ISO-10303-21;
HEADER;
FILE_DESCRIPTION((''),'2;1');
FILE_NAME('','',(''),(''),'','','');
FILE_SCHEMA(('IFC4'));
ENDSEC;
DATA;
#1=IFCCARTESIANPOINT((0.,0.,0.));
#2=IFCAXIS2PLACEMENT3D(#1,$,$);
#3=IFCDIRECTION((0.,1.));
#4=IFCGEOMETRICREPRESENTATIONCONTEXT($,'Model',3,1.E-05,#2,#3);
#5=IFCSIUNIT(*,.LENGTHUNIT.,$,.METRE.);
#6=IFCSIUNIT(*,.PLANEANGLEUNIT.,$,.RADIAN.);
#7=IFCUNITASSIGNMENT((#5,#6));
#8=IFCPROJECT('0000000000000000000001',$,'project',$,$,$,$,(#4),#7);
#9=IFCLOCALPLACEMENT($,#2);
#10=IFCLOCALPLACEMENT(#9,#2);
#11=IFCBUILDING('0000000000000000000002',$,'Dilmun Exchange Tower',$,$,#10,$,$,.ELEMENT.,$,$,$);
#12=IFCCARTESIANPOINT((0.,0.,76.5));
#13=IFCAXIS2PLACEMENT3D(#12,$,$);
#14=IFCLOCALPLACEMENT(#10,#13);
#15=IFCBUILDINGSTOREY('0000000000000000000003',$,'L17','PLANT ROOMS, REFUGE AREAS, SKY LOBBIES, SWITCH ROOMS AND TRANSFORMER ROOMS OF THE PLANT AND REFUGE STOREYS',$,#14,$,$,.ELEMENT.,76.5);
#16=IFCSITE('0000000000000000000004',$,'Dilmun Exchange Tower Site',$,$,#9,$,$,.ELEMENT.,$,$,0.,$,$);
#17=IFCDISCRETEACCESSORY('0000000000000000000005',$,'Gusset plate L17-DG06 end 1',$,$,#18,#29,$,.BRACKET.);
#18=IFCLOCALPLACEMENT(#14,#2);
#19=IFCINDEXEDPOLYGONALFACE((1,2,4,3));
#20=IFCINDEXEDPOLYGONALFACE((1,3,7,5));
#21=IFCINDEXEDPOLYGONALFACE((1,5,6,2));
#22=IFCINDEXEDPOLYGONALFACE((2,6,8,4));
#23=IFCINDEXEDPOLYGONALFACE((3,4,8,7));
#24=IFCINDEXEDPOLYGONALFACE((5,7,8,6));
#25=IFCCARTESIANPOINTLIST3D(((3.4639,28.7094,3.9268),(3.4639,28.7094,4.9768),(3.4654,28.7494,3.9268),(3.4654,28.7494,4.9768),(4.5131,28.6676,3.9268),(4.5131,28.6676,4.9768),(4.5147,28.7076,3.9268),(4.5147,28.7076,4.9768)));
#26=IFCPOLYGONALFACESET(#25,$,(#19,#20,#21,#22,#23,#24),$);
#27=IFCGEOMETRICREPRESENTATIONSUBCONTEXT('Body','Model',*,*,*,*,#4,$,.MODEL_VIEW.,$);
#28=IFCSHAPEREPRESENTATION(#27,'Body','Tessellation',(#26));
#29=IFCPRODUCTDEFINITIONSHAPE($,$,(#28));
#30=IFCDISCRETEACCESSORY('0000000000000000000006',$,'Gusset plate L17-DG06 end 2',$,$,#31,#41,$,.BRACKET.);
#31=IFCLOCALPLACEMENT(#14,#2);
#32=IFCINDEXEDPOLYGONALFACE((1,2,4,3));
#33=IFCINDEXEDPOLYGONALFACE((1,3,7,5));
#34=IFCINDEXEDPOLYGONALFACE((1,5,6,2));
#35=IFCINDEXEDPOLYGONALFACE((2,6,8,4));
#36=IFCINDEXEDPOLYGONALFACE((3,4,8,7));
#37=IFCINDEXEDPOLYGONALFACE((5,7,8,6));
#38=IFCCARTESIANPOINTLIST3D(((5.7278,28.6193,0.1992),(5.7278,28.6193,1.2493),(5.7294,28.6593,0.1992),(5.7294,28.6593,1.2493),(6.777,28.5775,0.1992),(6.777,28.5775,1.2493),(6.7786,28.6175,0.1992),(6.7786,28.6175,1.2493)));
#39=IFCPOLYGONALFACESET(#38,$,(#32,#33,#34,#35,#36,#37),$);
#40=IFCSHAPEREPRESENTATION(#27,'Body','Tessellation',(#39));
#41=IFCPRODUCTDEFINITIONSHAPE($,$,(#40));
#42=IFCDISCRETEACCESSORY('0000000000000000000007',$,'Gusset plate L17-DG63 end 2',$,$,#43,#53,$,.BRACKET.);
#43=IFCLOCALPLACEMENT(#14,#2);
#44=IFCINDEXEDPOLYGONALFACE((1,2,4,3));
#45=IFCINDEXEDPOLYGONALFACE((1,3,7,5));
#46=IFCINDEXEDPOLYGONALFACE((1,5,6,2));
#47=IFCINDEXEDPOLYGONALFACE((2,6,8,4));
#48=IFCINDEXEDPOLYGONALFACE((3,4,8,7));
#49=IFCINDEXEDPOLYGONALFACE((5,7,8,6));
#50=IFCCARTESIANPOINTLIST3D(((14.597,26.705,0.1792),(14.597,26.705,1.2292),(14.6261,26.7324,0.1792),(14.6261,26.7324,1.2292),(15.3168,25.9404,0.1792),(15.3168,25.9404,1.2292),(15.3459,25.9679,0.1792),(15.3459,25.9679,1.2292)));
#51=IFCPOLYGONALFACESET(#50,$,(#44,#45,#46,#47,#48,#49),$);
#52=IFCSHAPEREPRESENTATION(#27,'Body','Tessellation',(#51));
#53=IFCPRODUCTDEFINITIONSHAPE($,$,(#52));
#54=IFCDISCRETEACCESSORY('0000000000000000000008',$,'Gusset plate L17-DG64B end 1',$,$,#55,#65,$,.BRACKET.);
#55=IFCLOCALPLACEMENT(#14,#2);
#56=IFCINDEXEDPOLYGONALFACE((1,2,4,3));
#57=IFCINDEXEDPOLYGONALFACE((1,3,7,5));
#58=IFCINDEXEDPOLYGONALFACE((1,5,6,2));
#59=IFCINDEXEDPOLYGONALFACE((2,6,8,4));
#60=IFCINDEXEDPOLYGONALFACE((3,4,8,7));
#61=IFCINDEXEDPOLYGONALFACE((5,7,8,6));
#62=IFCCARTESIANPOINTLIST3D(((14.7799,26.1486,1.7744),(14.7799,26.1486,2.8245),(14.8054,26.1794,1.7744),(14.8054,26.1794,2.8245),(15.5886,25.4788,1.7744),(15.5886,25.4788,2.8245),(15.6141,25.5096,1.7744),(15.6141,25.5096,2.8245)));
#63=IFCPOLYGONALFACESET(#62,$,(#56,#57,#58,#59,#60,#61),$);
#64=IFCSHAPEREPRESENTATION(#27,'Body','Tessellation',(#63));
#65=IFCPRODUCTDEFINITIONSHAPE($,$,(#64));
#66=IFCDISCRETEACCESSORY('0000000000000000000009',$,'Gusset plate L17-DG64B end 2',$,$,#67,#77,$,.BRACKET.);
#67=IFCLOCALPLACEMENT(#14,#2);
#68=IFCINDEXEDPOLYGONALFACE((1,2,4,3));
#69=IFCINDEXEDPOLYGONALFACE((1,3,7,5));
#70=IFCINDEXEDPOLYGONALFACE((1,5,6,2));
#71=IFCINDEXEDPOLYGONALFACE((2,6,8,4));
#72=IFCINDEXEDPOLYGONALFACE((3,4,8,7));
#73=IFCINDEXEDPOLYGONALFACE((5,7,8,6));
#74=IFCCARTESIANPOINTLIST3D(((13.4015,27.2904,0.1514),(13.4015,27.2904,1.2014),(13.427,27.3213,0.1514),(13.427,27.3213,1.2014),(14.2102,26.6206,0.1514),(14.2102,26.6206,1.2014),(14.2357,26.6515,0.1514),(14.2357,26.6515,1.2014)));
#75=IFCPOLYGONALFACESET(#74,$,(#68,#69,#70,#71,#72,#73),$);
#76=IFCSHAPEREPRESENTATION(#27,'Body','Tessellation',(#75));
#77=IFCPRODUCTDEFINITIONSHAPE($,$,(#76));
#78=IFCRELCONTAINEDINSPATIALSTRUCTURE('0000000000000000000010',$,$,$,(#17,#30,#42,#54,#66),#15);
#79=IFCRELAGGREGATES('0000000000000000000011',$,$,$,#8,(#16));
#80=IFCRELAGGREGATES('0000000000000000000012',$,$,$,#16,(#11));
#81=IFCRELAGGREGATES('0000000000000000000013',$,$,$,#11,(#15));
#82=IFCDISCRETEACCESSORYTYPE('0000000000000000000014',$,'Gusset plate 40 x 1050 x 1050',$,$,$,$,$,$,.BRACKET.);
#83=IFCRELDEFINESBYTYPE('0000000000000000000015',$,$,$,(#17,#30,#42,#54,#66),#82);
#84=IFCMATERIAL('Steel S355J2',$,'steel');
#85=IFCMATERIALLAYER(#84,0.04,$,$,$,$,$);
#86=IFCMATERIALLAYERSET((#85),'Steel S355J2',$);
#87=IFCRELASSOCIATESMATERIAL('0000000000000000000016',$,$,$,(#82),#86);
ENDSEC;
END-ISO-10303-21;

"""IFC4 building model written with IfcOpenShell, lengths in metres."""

from ifc_helpers import new_model, si_unit, direction, frame, origin, origin_2d, place, context, subcontext, project, spatial, rectangle, extrude, material, layer, layer_set, type_object, element, save


model = new_model("IFC4")

# Units and contexts
model_context = context("Model", 3, precision=1e-05, world=origin(), true_north=direction((0.0, 1.0)))
body_context = subcontext(model_context, "Body", "Model", "MODEL_VIEW")
ifc_project = project(units=[si_unit("LENGTHUNIT", "METRE"), si_unit("PLANEANGLEUNIT", "RADIAN")], contexts=[model_context])

# Site, building, storey
site_placement = place(None, origin())
site = spatial("IfcSite", under=ifc_project, at=site_placement, Name="Dilmun Exchange Tower Site", CompositionType="ELEMENT", RefElevation=0.0)
building_placement = place(site_placement, origin())
building = spatial("IfcBuilding", under=site, at=building_placement, Name="Dilmun Exchange Tower", CompositionType="ELEMENT")
storey_placement = place(building_placement, frame((0.0, 0.0, 76.5)))
storey = spatial("IfcBuildingStorey", under=building, at=storey_placement, Name="L17", Description="PLANT ROOMS, REFUGE AREAS, SKY LOBBIES, SWITCH ROOMS AND TRANSFORMER ROOMS OF THE PLANT AND REFUGE STOREYS", CompositionType="ELEMENT", Elevation=76.5)

# Discrete accessories
ifc_material_1 = material(Name="Steel S355J2", Category="steel")
ifc_layer_1 = layer(ifc_material_1, 0.04)
ifc_layer_set_1 = layer_set([ifc_layer_1], Name="Steel S355J2")
discrete_accessory_type = type_object("IfcDiscreteAccessoryType", Name="Gusset plate 40 x 1050 x 1050", PredefinedType="BRACKET", material=ifc_layer_set_1)
for number, where, z_axis, x_axis, name in (
    (1, (3.9893, 28.7085, 3.9268), (0.0, 0.0, 1.0), (0.999206, -0.03983, 0.0), "Gusset plate L17-DG06 end 1"),
    (2, (6.2532, 28.6184, 0.1992), (0.0, 0.0, 1.0), (0.999206, -0.03983, 0.0), "Gusset plate L17-DG06 end 2"),
    (3, (14.9714, 26.3364, 0.1792), (0.0, 0.0, 1.0), (-0.685479, 0.728092, 0.0), "Gusset plate L17-DG63 end 2"),
    (4, (15.197, 25.8291, 1.7744), (0.0, 0.0, 1.0), (-0.770148, 0.637865, 0.0), "Gusset plate L17-DG64B end 1"),
    (5, (13.8186, 26.9709, 0.1514), (0.0, 0.0, 1.0), (-0.770148, 0.637865, 0.0), "Gusset plate L17-DG64B end 2"),
):
    element("IfcDiscreteAccessory", number, at=place(storey_placement, frame(where, z_axis=z_axis, x_axis=x_axis)), inside=storey, type_object=discrete_accessory_type, Name=name, PredefinedType="BRACKET", context=body_context, shape_type="SweptSolid", body=[
        extrude(rectangle(XDim=1.05, YDim=0.04, at=origin_2d()), origin(), (0.0, 0.0, 1.0), 1.05),
    ])

save(model, "model.ifc")
